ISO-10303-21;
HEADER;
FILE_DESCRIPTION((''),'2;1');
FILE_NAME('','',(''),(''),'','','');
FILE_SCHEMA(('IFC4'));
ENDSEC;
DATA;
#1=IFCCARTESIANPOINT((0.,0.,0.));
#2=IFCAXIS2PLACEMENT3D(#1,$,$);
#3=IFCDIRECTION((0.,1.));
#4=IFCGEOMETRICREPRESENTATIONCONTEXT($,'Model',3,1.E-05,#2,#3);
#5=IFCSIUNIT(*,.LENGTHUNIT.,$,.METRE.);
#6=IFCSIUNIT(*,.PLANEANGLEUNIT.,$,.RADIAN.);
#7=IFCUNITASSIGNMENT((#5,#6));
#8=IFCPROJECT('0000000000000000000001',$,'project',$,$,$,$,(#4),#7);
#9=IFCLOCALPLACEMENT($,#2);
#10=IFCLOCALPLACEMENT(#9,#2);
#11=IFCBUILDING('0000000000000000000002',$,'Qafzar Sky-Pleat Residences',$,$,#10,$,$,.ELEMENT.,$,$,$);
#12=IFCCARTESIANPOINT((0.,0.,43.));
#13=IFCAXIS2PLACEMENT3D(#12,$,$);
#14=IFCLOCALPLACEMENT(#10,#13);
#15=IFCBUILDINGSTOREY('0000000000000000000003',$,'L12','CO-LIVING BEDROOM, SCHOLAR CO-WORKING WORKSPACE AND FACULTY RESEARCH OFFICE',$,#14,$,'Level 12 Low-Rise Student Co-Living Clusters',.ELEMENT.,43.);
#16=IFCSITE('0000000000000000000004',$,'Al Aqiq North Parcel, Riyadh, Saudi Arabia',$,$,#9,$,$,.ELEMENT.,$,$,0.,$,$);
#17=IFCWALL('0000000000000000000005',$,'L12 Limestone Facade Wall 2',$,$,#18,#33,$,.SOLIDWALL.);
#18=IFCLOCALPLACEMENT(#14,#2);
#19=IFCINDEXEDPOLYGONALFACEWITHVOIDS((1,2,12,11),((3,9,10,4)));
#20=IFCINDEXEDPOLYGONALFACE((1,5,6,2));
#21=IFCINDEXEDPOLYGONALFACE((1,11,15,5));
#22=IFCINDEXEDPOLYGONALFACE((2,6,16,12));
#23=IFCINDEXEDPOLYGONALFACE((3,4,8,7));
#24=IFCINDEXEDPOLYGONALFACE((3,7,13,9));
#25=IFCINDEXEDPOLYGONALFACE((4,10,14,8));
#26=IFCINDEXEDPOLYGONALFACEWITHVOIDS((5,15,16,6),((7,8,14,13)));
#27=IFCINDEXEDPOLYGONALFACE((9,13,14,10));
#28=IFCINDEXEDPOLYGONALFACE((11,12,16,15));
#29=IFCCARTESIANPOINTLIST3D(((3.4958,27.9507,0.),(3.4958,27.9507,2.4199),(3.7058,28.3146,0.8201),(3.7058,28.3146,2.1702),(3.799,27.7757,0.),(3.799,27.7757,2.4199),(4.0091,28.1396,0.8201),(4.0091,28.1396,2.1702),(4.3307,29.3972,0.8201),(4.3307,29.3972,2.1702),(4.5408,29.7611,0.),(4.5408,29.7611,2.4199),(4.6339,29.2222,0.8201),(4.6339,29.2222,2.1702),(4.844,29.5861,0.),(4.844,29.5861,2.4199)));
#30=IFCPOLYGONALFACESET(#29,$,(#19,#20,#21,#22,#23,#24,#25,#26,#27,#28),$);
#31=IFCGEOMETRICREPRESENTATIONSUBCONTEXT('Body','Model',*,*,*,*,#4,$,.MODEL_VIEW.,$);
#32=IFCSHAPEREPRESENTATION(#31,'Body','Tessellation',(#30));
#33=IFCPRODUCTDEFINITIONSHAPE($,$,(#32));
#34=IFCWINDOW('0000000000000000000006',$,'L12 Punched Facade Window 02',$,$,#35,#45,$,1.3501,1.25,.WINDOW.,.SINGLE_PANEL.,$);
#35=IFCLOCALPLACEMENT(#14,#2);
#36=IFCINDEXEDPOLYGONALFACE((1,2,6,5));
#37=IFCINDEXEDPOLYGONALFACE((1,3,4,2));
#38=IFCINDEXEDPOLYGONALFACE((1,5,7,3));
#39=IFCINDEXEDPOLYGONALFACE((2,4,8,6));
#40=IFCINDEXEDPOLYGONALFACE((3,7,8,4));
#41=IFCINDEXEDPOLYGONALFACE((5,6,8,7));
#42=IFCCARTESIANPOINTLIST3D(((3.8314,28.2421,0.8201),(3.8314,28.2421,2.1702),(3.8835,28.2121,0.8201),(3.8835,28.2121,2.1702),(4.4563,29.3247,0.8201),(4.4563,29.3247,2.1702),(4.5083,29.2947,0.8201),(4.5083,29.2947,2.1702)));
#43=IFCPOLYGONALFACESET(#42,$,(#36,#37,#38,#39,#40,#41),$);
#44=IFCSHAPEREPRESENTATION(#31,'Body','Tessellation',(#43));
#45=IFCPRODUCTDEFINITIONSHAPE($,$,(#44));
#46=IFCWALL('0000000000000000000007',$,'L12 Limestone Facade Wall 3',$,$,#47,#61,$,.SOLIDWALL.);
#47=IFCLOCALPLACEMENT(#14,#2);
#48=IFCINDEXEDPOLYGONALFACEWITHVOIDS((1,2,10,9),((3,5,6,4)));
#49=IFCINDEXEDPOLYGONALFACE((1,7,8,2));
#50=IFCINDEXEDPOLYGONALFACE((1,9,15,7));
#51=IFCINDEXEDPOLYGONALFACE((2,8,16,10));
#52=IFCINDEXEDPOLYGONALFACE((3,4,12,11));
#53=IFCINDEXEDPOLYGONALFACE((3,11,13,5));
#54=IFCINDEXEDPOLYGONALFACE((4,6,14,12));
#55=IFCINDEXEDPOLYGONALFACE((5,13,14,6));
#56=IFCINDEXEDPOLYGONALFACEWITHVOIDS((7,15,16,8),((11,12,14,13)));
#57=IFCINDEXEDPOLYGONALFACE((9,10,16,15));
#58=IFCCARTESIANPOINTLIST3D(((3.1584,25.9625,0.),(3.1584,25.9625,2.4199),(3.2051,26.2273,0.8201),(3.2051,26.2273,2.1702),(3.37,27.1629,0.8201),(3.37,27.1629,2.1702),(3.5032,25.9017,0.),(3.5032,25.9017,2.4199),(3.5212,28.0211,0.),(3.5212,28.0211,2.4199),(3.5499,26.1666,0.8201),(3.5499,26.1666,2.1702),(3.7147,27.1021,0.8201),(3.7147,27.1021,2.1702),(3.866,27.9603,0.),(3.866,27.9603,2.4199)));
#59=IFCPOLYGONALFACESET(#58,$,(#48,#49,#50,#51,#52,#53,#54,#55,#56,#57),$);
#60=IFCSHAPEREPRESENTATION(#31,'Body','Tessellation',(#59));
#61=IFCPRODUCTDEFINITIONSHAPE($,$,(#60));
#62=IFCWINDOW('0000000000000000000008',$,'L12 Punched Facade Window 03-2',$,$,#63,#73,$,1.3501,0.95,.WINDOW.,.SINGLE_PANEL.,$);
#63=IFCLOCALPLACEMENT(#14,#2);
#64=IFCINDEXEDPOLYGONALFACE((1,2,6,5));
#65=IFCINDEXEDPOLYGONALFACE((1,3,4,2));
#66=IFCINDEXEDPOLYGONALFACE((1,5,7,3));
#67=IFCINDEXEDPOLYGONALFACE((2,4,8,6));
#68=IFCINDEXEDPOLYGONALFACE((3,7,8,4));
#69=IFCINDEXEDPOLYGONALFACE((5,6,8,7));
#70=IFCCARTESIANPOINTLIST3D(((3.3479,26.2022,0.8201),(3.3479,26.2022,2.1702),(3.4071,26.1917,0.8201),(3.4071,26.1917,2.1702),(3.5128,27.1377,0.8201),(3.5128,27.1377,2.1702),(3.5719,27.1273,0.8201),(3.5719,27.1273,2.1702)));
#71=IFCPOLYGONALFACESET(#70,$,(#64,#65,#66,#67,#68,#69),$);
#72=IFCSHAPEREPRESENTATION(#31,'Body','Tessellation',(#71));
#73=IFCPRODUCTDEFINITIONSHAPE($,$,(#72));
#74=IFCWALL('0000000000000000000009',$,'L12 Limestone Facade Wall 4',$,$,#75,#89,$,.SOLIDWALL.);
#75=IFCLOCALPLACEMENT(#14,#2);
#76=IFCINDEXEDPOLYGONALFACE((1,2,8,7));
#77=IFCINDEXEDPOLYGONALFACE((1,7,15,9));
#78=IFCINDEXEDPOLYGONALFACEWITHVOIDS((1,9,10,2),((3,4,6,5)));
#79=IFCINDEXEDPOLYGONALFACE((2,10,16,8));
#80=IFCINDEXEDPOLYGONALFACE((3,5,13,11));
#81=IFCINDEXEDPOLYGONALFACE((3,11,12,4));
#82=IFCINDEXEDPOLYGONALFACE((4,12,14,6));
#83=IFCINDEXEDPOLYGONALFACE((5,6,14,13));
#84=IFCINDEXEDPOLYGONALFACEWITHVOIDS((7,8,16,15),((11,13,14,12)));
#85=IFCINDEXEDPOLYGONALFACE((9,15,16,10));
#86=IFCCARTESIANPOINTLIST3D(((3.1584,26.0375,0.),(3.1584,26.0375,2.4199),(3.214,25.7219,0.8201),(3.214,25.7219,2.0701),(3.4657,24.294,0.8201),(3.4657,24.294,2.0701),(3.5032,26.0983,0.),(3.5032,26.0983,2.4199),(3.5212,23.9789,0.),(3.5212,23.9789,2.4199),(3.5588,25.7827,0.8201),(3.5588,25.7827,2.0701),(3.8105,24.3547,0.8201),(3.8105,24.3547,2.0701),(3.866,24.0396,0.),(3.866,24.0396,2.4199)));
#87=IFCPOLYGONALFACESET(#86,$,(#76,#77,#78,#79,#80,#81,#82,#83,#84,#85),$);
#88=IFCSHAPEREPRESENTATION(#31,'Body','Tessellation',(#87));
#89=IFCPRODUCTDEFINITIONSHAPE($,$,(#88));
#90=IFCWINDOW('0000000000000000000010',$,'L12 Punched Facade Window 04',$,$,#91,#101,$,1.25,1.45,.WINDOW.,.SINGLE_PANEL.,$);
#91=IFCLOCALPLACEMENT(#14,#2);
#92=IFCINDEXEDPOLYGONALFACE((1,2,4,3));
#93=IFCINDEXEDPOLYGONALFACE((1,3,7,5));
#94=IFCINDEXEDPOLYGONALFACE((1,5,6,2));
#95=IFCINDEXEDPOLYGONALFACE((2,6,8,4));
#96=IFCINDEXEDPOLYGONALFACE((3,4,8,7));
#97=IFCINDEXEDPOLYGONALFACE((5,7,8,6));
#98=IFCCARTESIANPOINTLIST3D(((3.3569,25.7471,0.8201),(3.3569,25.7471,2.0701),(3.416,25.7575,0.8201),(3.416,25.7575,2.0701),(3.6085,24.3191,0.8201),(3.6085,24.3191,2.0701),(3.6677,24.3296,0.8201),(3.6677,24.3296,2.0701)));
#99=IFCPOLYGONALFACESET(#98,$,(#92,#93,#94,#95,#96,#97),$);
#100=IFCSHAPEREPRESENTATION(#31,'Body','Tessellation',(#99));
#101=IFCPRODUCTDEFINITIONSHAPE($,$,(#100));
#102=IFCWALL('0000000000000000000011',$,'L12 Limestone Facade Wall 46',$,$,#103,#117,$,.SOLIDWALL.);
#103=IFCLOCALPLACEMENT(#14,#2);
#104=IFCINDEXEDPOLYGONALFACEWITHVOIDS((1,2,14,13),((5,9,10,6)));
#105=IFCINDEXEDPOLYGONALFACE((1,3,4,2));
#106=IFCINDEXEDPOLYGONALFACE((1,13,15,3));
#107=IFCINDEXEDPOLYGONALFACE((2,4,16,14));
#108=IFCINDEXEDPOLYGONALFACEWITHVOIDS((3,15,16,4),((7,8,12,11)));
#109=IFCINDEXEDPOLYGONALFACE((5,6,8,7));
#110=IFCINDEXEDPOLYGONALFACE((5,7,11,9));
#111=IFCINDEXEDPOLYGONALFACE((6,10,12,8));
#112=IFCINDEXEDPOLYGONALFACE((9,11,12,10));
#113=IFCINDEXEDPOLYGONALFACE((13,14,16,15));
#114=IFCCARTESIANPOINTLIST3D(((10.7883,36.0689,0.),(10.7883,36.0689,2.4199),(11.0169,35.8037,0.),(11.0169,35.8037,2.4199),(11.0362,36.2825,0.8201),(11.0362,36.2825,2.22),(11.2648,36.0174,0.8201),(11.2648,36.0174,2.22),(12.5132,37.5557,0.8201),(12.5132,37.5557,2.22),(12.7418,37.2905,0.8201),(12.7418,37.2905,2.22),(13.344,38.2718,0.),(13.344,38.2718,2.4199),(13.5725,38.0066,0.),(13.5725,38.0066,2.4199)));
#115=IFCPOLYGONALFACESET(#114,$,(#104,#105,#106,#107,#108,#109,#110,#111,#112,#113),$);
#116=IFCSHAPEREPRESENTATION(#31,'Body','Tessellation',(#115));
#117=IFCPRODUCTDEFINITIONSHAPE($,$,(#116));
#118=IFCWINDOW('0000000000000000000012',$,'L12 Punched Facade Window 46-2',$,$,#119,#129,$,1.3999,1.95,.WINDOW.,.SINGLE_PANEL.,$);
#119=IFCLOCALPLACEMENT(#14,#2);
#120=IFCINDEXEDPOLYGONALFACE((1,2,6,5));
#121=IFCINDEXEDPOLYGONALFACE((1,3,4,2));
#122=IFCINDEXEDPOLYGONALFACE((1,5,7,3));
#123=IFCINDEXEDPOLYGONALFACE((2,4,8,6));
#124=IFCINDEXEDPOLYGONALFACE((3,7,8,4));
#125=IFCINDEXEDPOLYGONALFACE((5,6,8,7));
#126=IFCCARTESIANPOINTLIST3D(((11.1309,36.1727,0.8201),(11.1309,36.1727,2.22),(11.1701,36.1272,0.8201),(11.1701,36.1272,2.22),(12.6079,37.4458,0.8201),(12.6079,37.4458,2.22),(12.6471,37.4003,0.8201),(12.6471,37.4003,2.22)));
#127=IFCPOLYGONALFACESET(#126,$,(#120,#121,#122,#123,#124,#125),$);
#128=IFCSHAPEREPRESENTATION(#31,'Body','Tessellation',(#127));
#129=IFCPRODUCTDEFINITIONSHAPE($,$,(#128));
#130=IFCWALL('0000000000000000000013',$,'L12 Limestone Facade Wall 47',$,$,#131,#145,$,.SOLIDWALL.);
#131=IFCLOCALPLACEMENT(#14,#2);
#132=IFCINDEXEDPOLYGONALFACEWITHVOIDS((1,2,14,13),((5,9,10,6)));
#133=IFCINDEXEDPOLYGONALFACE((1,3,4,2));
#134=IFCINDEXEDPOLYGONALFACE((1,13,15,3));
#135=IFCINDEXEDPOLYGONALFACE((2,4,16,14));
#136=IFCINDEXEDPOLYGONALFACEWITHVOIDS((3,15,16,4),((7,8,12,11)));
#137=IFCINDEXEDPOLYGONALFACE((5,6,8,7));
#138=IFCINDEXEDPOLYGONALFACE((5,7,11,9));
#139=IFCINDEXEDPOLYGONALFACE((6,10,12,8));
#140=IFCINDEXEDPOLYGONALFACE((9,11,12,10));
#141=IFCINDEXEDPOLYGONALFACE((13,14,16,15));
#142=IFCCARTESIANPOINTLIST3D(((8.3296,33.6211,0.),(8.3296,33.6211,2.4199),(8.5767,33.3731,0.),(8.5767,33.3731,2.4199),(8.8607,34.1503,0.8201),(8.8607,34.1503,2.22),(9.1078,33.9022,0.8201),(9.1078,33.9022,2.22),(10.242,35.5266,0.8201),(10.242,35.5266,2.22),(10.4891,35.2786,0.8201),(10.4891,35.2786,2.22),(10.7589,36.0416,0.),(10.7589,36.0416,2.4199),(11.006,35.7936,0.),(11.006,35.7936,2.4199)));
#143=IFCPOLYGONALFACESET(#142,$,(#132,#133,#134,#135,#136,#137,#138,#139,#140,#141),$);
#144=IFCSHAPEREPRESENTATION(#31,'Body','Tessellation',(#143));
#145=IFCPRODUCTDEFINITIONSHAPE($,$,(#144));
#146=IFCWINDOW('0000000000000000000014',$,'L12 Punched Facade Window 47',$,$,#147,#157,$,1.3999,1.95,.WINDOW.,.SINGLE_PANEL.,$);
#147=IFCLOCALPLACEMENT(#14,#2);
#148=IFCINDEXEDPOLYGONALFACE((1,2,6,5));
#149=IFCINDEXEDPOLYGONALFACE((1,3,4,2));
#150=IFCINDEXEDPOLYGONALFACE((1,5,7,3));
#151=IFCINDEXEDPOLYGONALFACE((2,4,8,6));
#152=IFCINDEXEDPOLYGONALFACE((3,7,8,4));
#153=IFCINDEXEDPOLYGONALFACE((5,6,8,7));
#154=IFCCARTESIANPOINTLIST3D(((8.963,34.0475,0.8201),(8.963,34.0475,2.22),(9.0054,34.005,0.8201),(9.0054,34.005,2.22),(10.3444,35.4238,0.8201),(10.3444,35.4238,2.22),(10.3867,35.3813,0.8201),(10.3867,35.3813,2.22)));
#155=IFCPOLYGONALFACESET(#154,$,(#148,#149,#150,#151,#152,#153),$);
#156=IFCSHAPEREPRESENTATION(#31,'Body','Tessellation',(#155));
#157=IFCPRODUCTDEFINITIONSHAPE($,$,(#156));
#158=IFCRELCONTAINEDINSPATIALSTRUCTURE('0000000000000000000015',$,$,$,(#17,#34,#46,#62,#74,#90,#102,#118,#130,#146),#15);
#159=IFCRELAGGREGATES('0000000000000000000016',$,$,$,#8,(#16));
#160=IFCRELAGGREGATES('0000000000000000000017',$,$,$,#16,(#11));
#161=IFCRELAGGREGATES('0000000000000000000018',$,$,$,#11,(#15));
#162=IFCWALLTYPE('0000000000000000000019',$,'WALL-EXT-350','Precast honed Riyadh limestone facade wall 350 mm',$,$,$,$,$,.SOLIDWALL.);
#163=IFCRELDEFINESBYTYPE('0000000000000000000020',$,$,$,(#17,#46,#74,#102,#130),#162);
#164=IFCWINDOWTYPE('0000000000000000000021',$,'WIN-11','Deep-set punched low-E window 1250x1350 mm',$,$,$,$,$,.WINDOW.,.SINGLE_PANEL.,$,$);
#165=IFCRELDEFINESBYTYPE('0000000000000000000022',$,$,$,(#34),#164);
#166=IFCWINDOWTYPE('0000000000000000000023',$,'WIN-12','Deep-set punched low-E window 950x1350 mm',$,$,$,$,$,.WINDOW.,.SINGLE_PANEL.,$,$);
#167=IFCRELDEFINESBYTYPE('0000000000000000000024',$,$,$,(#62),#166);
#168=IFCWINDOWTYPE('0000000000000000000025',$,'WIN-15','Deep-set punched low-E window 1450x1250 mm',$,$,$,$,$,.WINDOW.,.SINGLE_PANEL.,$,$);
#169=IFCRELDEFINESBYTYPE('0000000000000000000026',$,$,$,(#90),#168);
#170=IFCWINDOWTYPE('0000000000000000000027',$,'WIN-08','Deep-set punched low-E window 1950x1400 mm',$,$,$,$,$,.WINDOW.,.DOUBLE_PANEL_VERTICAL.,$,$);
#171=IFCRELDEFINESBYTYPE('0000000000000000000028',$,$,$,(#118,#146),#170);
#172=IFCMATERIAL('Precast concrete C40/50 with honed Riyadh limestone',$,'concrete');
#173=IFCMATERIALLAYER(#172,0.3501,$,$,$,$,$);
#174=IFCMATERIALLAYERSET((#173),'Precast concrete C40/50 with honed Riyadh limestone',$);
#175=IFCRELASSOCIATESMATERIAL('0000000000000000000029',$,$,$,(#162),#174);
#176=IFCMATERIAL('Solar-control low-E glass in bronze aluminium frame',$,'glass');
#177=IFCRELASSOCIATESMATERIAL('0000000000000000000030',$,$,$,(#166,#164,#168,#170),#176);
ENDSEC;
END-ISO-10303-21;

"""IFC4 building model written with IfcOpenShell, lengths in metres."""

from ifc_helpers import new_model, si_unit, direction, frame, frame_2d, origin, place, context, subcontext, project, spatial, rectangle, extrude, source, transform, mapped, material, layer, layer_set, type_object, element, fill, save


model = new_model("IFC4")

# Units and contexts
model_context = context("Model", 3, precision=1e-05, world=origin(), true_north=direction((0.0, 1.0)))
body_context = subcontext(model_context, "Body", "Model", "MODEL_VIEW")
ifc_project = project(units=[si_unit("LENGTHUNIT", "METRE"), si_unit("PLANEANGLEUNIT", "RADIAN")], contexts=[model_context])

# Site, building, storey
site_placement = place(None, origin())
site = spatial("IfcSite", under=ifc_project, at=site_placement, Name="Al Aqiq North Parcel, Riyadh, Saudi Arabia", CompositionType="ELEMENT", RefElevation=0.0)
building_placement = place(site_placement, origin())
building = spatial("IfcBuilding", under=site, at=building_placement, Name="Qafzar Sky-Pleat Residences", CompositionType="ELEMENT")
storey_placement = place(building_placement, frame((0.0, 0.0, 43.0)))
storey = spatial("IfcBuildingStorey", under=building, at=storey_placement, Name="L12", Description="CO-LIVING BEDROOM, SCHOLAR CO-WORKING WORKSPACE AND FACULTY RESEARCH OFFICE", LongName="Level 12 Low-Rise Student Co-Living Clusters", CompositionType="ELEMENT", Elevation=43.0)

# Walls, openings, windows
ifc_material_1 = material(Name="Precast concrete C40/50 with honed Riyadh limestone", Category="concrete")
ifc_layer_1 = layer(ifc_material_1, 0.3501)
ifc_layer_set_1 = layer_set([ifc_layer_1], Name="Precast concrete C40/50 with honed Riyadh limestone")
wall_type_1 = type_object("IfcWallType", Name="WALL-EXT-350", Description="Precast honed Riyadh limestone facade wall 350 mm", PredefinedType="SOLIDWALL", material=ifc_layer_set_1)
ifc_material_2 = material(Name="Solar-control low-E glass in bronze aluminium frame", Category="glass")
window_type_1 = type_object("IfcWindowType", Name="WIN-12", Description="Deep-set punched low-E window 950x1350 mm", PartitioningType="SINGLE_PANEL", PredefinedType="WINDOW", material=ifc_material_2)
shared_shape_1 = source(origin(), body_context, "Body", "SweptSolid", [
    extrude(rectangle(XDim=0.95, YDim=1.3501, at=frame_2d((0.4751, 0.675))), frame((0.0, 0.03, 0.0), z_axis=(0.0, -1.0, 0.0), x_axis=(1.0, 0.0, 0.0)), (0.0, 0.0, 1.0), 0.0601),
])
wall_1_placement = place(storey_placement, frame((4.6924, 29.6736, 0.0), z_axis=(0.0, 0.0, 1.0), x_axis=(-0.499908, -0.866079, 0.0)))
wall_1 = element("IfcWall", 1, at=wall_1_placement, inside=storey, type_object=wall_type_1, Name="L12 Limestone Facade Wall 2", PredefinedType="SOLIDWALL", context=body_context, shape_type="SweptSolid", body=[
    extrude(rectangle(XDim=2.0903, YDim=0.3501, at=frame_2d((1.0452, 0.0))), origin(), (0.0, 0.0, 1.0), 2.4199),
])
opening_1_placement = place(wall_1_placement, frame((0.4202, 0.0, 0.8201)))
opening_1 = element("IfcOpeningElement", 2, at=opening_1_placement, cuts=wall_1, PredefinedType="OPENING", context=body_context, shape_type="SweptSolid", body=[
    extrude(rectangle(XDim=1.25, YDim=1.3501, at=frame_2d((0.625, 0.675))), frame((0.0, 0.1851, 0.0), z_axis=(0.0, -1.0, 0.0), x_axis=(1.0, 0.0, 0.0)), (0.0, 0.0, 1.0), 0.3701),
])
window_type_2 = type_object("IfcWindowType", Name="WIN-11", Description="Deep-set punched low-E window 1250x1350 mm", PartitioningType="SINGLE_PANEL", PredefinedType="WINDOW", material=ifc_material_2)
shared_shape_2 = source(origin(), body_context, "Body", "SweptSolid", [
    extrude(rectangle(XDim=1.25, YDim=1.3501, at=frame_2d((0.625, 0.675))), frame((0.0, 0.03, 0.0), z_axis=(0.0, -1.0, 0.0), x_axis=(1.0, 0.0, 0.0)), (0.0, 0.0, 1.0), 0.0601),
])
window_1_placement = place(opening_1_placement, origin())
window_1 = element("IfcWindow", 3, at=window_1_placement, inside=storey, type_object=window_type_2, Name="L12 Punched Facade Window 02", OverallHeight=1.3501, OverallWidth=1.25, PartitioningType="SINGLE_PANEL", PredefinedType="WINDOW", context=body_context, shape_type="MappedRepresentation", body=[
    mapped(shared_shape_2, transform((0.0, 0.0, 0.0), x_axis=(1.0, 0.0, 0.0), y_axis=(0.0, 1.0, 0.0), z_axis=(0.0, 0.0, 1.0), scale=1.0)),
])
fill(opening_1, window_1)
wall_2_placement = place(storey_placement, frame((3.6936, 27.9907, 0.0), z_axis=(0.0, 0.0, 1.0), x_axis=(-0.173559, -0.984824, 0.0)))
wall_2 = element("IfcWall", 4, at=wall_2_placement, inside=storey, type_object=wall_type_1, Name="L12 Limestone Facade Wall 3", PredefinedType="SOLIDWALL", context=body_context, shape_type="SweptSolid", body=[
    extrude(rectangle(XDim=2.0903, YDim=0.3501, at=frame_2d((1.0452, 0.0))), origin(), (0.0, 0.0, 1.0), 2.4199),
])
opening_2_placement = place(wall_2_placement, frame((0.8713, 0.0, 0.8201)))
opening_2 = element("IfcOpeningElement", 5, at=opening_2_placement, cuts=wall_2, PredefinedType="OPENING", context=body_context, shape_type="SweptSolid", body=[
    extrude(rectangle(XDim=0.95, YDim=1.3501, at=frame_2d((0.4751, 0.675))), frame((0.0, 0.1851, 0.0), z_axis=(0.0, -1.0, 0.0), x_axis=(1.0, 0.0, 0.0)), (0.0, 0.0, 1.0), 0.3701),
])
window_2_placement = place(opening_2_placement, origin())
window_2 = element("IfcWindow", 6, at=window_2_placement, inside=storey, type_object=window_type_1, Name="L12 Punched Facade Window 03-2", OverallHeight=1.3501, OverallWidth=0.95, PartitioningType="SINGLE_PANEL", PredefinedType="WINDOW", context=body_context, shape_type="MappedRepresentation", body=[
    mapped(shared_shape_1, transform((0.0, 0.0, 0.0), x_axis=(1.0, 0.0, 0.0), y_axis=(0.0, 1.0, 0.0), z_axis=(0.0, 0.0, 1.0), scale=1.0)),
])
fill(opening_2, window_2)
wall_3_placement = place(storey_placement, frame((3.3308, 26.0679, 0.0), z_axis=(0.0, 0.0, 1.0), x_axis=(0.173559, -0.984824, 0.0)))
wall_3 = element("IfcWall", 7, at=wall_3_placement, inside=storey, type_object=wall_type_1, Name="L12 Limestone Facade Wall 4", PredefinedType="SOLIDWALL", context=body_context, shape_type="SweptSolid", body=[
    extrude(rectangle(XDim=2.0903, YDim=0.3501, at=frame_2d((1.0452, 0.0))), origin(), (0.0, 0.0, 1.0), 2.4199),
])
opening_3_placement = place(wall_3_placement, frame((0.3203, 0.0, 0.8201)))
opening_3 = element("IfcOpeningElement", 8, at=opening_3_placement, cuts=wall_3, PredefinedType="OPENING", context=body_context, shape_type="SweptSolid", body=[
    extrude(rectangle(XDim=1.45, YDim=1.25, at=frame_2d((0.7251, 0.625))), frame((0.0, 0.1851, 0.0), z_axis=(0.0, -1.0, 0.0), x_axis=(1.0, 0.0, 0.0)), (0.0, 0.0, 1.0), 0.3701),
])
window_type_3 = type_object("IfcWindowType", Name="WIN-15", Description="Deep-set punched low-E window 1450x1250 mm", PartitioningType="SINGLE_PANEL", PredefinedType="WINDOW", material=ifc_material_2)
shared_shape_3 = source(origin(), body_context, "Body", "SweptSolid", [
    extrude(rectangle(XDim=1.45, YDim=1.25, at=frame_2d((0.7251, 0.625))), frame((0.0, 0.03, 0.0), z_axis=(0.0, -1.0, 0.0), x_axis=(1.0, 0.0, 0.0)), (0.0, 0.0, 1.0), 0.0601),
])
window_3_placement = place(opening_3_placement, origin())
window_3 = element("IfcWindow", 9, at=window_3_placement, inside=storey, type_object=window_type_3, Name="L12 Punched Facade Window 04", OverallHeight=1.25, OverallWidth=1.45, PartitioningType="SINGLE_PANEL", PredefinedType="WINDOW", context=body_context, shape_type="MappedRepresentation", body=[
    mapped(shared_shape_3, transform((0.0, 0.0, 0.0), x_axis=(1.0, 0.0, 0.0), y_axis=(0.0, 1.0, 0.0), z_axis=(0.0, 0.0, 1.0), scale=1.0)),
])
fill(opening_3, window_3)
wall_4_placement = place(storey_placement, frame((13.4583, 38.1392, 0.0), z_axis=(0.0, 0.0, 1.0), x_axis=(-0.757451, -0.652892, 0.0)))
wall_4 = element("IfcWall", 10, at=wall_4_placement, inside=storey, type_object=wall_type_1, Name="L12 Limestone Facade Wall 46", PredefinedType="SOLIDWALL", context=body_context, shape_type="SweptSolid", body=[
    extrude(rectangle(XDim=3.374, YDim=0.3501, at=frame_2d((1.687, 0.0))), origin(), (0.0, 0.0, 1.0), 2.4199),
])
opening_4_placement = place(wall_4_placement, frame((1.0967, 0.0, 0.8201)))
opening_4 = element("IfcOpeningElement", 11, at=opening_4_placement, cuts=wall_4, PredefinedType="OPENING", context=body_context, shape_type="SweptSolid", body=[
    extrude(rectangle(XDim=1.95, YDim=1.3999, at=frame_2d((0.9751, 0.7))), frame((0.0, 0.1851, 0.0), z_axis=(0.0, -1.0, 0.0), x_axis=(1.0, 0.0, 0.0)), (0.0, 0.0, 1.0), 0.3701),
])
window_type_4 = type_object("IfcWindowType", Name="WIN-08", Description="Deep-set punched low-E window 1950x1400 mm", PartitioningType="DOUBLE_PANEL_VERTICAL", PredefinedType="WINDOW", material=ifc_material_2)
shared_shape_4 = source(origin(), body_context, "Body", "SweptSolid", [
    extrude(rectangle(XDim=1.95, YDim=1.3999, at=frame_2d((0.9751, 0.7))), frame((0.0, 0.03, 0.0), z_axis=(0.0, -1.0, 0.0), x_axis=(1.0, 0.0, 0.0)), (0.0, 0.0, 1.0), 0.0601),
])
window_4_placement = place(opening_4_placement, origin())
window_4 = element("IfcWindow", 12, at=window_4_placement, inside=storey, type_object=window_type_4, Name="L12 Punched Facade Window 46-2", OverallHeight=1.3999, OverallWidth=1.95, PartitioningType="SINGLE_PANEL", PredefinedType="WINDOW", context=body_context, shape_type="MappedRepresentation", body=[
    mapped(shared_shape_4, transform((0.0, 0.0, 0.0), x_axis=(1.0, 0.0, 0.0), y_axis=(0.0, 1.0, 0.0), z_axis=(0.0, 0.0, 1.0), scale=1.0)),
])
fill(opening_4, window_4)
wall_5_placement = place(storey_placement, frame((10.8826, 35.9177, 0.0), z_axis=(0.0, 0.0, 1.0), x_axis=(-0.708387, -0.705824, 0.0)))
wall_5 = element("IfcWall", 13, at=wall_5_placement, inside=storey, type_object=wall_type_1, Name="L12 Limestone Facade Wall 47", PredefinedType="SOLIDWALL", context=body_context, shape_type="SweptSolid", body=[
    extrude(rectangle(XDim=3.4294, YDim=0.3501, at=frame_2d((1.7148, 0.0))), origin(), (0.0, 0.0, 1.0), 2.4199),
])
opening_5_placement = place(wall_5_placement, frame((0.7297, 0.0, 0.8201)))
opening_5 = element("IfcOpeningElement", 14, at=opening_5_placement, cuts=wall_5, PredefinedType="OPENING", context=body_context, shape_type="SweptSolid", body=[
    extrude(rectangle(XDim=1.95, YDim=1.3999, at=frame_2d((0.9751, 0.7))), frame((0.0, 0.1851, 0.0), z_axis=(0.0, -1.0, 0.0), x_axis=(1.0, 0.0, 0.0)), (0.0, 0.0, 1.0), 0.3701),
])
window_5_placement = place(opening_5_placement, origin())
window_5 = element("IfcWindow", 15, at=window_5_placement, inside=storey, type_object=window_type_4, Name="L12 Punched Facade Window 47", OverallHeight=1.3999, OverallWidth=1.95, PartitioningType="SINGLE_PANEL", PredefinedType="WINDOW", context=body_context, shape_type="MappedRepresentation", body=[
    mapped(shared_shape_4, transform((0.0, 0.0, 0.0), x_axis=(1.0, 0.0, 0.0), y_axis=(0.0, 1.0, 0.0), z_axis=(0.0, 0.0, 1.0), scale=1.0)),
])
fill(opening_5, window_5)

save(model, "model.ifc")
